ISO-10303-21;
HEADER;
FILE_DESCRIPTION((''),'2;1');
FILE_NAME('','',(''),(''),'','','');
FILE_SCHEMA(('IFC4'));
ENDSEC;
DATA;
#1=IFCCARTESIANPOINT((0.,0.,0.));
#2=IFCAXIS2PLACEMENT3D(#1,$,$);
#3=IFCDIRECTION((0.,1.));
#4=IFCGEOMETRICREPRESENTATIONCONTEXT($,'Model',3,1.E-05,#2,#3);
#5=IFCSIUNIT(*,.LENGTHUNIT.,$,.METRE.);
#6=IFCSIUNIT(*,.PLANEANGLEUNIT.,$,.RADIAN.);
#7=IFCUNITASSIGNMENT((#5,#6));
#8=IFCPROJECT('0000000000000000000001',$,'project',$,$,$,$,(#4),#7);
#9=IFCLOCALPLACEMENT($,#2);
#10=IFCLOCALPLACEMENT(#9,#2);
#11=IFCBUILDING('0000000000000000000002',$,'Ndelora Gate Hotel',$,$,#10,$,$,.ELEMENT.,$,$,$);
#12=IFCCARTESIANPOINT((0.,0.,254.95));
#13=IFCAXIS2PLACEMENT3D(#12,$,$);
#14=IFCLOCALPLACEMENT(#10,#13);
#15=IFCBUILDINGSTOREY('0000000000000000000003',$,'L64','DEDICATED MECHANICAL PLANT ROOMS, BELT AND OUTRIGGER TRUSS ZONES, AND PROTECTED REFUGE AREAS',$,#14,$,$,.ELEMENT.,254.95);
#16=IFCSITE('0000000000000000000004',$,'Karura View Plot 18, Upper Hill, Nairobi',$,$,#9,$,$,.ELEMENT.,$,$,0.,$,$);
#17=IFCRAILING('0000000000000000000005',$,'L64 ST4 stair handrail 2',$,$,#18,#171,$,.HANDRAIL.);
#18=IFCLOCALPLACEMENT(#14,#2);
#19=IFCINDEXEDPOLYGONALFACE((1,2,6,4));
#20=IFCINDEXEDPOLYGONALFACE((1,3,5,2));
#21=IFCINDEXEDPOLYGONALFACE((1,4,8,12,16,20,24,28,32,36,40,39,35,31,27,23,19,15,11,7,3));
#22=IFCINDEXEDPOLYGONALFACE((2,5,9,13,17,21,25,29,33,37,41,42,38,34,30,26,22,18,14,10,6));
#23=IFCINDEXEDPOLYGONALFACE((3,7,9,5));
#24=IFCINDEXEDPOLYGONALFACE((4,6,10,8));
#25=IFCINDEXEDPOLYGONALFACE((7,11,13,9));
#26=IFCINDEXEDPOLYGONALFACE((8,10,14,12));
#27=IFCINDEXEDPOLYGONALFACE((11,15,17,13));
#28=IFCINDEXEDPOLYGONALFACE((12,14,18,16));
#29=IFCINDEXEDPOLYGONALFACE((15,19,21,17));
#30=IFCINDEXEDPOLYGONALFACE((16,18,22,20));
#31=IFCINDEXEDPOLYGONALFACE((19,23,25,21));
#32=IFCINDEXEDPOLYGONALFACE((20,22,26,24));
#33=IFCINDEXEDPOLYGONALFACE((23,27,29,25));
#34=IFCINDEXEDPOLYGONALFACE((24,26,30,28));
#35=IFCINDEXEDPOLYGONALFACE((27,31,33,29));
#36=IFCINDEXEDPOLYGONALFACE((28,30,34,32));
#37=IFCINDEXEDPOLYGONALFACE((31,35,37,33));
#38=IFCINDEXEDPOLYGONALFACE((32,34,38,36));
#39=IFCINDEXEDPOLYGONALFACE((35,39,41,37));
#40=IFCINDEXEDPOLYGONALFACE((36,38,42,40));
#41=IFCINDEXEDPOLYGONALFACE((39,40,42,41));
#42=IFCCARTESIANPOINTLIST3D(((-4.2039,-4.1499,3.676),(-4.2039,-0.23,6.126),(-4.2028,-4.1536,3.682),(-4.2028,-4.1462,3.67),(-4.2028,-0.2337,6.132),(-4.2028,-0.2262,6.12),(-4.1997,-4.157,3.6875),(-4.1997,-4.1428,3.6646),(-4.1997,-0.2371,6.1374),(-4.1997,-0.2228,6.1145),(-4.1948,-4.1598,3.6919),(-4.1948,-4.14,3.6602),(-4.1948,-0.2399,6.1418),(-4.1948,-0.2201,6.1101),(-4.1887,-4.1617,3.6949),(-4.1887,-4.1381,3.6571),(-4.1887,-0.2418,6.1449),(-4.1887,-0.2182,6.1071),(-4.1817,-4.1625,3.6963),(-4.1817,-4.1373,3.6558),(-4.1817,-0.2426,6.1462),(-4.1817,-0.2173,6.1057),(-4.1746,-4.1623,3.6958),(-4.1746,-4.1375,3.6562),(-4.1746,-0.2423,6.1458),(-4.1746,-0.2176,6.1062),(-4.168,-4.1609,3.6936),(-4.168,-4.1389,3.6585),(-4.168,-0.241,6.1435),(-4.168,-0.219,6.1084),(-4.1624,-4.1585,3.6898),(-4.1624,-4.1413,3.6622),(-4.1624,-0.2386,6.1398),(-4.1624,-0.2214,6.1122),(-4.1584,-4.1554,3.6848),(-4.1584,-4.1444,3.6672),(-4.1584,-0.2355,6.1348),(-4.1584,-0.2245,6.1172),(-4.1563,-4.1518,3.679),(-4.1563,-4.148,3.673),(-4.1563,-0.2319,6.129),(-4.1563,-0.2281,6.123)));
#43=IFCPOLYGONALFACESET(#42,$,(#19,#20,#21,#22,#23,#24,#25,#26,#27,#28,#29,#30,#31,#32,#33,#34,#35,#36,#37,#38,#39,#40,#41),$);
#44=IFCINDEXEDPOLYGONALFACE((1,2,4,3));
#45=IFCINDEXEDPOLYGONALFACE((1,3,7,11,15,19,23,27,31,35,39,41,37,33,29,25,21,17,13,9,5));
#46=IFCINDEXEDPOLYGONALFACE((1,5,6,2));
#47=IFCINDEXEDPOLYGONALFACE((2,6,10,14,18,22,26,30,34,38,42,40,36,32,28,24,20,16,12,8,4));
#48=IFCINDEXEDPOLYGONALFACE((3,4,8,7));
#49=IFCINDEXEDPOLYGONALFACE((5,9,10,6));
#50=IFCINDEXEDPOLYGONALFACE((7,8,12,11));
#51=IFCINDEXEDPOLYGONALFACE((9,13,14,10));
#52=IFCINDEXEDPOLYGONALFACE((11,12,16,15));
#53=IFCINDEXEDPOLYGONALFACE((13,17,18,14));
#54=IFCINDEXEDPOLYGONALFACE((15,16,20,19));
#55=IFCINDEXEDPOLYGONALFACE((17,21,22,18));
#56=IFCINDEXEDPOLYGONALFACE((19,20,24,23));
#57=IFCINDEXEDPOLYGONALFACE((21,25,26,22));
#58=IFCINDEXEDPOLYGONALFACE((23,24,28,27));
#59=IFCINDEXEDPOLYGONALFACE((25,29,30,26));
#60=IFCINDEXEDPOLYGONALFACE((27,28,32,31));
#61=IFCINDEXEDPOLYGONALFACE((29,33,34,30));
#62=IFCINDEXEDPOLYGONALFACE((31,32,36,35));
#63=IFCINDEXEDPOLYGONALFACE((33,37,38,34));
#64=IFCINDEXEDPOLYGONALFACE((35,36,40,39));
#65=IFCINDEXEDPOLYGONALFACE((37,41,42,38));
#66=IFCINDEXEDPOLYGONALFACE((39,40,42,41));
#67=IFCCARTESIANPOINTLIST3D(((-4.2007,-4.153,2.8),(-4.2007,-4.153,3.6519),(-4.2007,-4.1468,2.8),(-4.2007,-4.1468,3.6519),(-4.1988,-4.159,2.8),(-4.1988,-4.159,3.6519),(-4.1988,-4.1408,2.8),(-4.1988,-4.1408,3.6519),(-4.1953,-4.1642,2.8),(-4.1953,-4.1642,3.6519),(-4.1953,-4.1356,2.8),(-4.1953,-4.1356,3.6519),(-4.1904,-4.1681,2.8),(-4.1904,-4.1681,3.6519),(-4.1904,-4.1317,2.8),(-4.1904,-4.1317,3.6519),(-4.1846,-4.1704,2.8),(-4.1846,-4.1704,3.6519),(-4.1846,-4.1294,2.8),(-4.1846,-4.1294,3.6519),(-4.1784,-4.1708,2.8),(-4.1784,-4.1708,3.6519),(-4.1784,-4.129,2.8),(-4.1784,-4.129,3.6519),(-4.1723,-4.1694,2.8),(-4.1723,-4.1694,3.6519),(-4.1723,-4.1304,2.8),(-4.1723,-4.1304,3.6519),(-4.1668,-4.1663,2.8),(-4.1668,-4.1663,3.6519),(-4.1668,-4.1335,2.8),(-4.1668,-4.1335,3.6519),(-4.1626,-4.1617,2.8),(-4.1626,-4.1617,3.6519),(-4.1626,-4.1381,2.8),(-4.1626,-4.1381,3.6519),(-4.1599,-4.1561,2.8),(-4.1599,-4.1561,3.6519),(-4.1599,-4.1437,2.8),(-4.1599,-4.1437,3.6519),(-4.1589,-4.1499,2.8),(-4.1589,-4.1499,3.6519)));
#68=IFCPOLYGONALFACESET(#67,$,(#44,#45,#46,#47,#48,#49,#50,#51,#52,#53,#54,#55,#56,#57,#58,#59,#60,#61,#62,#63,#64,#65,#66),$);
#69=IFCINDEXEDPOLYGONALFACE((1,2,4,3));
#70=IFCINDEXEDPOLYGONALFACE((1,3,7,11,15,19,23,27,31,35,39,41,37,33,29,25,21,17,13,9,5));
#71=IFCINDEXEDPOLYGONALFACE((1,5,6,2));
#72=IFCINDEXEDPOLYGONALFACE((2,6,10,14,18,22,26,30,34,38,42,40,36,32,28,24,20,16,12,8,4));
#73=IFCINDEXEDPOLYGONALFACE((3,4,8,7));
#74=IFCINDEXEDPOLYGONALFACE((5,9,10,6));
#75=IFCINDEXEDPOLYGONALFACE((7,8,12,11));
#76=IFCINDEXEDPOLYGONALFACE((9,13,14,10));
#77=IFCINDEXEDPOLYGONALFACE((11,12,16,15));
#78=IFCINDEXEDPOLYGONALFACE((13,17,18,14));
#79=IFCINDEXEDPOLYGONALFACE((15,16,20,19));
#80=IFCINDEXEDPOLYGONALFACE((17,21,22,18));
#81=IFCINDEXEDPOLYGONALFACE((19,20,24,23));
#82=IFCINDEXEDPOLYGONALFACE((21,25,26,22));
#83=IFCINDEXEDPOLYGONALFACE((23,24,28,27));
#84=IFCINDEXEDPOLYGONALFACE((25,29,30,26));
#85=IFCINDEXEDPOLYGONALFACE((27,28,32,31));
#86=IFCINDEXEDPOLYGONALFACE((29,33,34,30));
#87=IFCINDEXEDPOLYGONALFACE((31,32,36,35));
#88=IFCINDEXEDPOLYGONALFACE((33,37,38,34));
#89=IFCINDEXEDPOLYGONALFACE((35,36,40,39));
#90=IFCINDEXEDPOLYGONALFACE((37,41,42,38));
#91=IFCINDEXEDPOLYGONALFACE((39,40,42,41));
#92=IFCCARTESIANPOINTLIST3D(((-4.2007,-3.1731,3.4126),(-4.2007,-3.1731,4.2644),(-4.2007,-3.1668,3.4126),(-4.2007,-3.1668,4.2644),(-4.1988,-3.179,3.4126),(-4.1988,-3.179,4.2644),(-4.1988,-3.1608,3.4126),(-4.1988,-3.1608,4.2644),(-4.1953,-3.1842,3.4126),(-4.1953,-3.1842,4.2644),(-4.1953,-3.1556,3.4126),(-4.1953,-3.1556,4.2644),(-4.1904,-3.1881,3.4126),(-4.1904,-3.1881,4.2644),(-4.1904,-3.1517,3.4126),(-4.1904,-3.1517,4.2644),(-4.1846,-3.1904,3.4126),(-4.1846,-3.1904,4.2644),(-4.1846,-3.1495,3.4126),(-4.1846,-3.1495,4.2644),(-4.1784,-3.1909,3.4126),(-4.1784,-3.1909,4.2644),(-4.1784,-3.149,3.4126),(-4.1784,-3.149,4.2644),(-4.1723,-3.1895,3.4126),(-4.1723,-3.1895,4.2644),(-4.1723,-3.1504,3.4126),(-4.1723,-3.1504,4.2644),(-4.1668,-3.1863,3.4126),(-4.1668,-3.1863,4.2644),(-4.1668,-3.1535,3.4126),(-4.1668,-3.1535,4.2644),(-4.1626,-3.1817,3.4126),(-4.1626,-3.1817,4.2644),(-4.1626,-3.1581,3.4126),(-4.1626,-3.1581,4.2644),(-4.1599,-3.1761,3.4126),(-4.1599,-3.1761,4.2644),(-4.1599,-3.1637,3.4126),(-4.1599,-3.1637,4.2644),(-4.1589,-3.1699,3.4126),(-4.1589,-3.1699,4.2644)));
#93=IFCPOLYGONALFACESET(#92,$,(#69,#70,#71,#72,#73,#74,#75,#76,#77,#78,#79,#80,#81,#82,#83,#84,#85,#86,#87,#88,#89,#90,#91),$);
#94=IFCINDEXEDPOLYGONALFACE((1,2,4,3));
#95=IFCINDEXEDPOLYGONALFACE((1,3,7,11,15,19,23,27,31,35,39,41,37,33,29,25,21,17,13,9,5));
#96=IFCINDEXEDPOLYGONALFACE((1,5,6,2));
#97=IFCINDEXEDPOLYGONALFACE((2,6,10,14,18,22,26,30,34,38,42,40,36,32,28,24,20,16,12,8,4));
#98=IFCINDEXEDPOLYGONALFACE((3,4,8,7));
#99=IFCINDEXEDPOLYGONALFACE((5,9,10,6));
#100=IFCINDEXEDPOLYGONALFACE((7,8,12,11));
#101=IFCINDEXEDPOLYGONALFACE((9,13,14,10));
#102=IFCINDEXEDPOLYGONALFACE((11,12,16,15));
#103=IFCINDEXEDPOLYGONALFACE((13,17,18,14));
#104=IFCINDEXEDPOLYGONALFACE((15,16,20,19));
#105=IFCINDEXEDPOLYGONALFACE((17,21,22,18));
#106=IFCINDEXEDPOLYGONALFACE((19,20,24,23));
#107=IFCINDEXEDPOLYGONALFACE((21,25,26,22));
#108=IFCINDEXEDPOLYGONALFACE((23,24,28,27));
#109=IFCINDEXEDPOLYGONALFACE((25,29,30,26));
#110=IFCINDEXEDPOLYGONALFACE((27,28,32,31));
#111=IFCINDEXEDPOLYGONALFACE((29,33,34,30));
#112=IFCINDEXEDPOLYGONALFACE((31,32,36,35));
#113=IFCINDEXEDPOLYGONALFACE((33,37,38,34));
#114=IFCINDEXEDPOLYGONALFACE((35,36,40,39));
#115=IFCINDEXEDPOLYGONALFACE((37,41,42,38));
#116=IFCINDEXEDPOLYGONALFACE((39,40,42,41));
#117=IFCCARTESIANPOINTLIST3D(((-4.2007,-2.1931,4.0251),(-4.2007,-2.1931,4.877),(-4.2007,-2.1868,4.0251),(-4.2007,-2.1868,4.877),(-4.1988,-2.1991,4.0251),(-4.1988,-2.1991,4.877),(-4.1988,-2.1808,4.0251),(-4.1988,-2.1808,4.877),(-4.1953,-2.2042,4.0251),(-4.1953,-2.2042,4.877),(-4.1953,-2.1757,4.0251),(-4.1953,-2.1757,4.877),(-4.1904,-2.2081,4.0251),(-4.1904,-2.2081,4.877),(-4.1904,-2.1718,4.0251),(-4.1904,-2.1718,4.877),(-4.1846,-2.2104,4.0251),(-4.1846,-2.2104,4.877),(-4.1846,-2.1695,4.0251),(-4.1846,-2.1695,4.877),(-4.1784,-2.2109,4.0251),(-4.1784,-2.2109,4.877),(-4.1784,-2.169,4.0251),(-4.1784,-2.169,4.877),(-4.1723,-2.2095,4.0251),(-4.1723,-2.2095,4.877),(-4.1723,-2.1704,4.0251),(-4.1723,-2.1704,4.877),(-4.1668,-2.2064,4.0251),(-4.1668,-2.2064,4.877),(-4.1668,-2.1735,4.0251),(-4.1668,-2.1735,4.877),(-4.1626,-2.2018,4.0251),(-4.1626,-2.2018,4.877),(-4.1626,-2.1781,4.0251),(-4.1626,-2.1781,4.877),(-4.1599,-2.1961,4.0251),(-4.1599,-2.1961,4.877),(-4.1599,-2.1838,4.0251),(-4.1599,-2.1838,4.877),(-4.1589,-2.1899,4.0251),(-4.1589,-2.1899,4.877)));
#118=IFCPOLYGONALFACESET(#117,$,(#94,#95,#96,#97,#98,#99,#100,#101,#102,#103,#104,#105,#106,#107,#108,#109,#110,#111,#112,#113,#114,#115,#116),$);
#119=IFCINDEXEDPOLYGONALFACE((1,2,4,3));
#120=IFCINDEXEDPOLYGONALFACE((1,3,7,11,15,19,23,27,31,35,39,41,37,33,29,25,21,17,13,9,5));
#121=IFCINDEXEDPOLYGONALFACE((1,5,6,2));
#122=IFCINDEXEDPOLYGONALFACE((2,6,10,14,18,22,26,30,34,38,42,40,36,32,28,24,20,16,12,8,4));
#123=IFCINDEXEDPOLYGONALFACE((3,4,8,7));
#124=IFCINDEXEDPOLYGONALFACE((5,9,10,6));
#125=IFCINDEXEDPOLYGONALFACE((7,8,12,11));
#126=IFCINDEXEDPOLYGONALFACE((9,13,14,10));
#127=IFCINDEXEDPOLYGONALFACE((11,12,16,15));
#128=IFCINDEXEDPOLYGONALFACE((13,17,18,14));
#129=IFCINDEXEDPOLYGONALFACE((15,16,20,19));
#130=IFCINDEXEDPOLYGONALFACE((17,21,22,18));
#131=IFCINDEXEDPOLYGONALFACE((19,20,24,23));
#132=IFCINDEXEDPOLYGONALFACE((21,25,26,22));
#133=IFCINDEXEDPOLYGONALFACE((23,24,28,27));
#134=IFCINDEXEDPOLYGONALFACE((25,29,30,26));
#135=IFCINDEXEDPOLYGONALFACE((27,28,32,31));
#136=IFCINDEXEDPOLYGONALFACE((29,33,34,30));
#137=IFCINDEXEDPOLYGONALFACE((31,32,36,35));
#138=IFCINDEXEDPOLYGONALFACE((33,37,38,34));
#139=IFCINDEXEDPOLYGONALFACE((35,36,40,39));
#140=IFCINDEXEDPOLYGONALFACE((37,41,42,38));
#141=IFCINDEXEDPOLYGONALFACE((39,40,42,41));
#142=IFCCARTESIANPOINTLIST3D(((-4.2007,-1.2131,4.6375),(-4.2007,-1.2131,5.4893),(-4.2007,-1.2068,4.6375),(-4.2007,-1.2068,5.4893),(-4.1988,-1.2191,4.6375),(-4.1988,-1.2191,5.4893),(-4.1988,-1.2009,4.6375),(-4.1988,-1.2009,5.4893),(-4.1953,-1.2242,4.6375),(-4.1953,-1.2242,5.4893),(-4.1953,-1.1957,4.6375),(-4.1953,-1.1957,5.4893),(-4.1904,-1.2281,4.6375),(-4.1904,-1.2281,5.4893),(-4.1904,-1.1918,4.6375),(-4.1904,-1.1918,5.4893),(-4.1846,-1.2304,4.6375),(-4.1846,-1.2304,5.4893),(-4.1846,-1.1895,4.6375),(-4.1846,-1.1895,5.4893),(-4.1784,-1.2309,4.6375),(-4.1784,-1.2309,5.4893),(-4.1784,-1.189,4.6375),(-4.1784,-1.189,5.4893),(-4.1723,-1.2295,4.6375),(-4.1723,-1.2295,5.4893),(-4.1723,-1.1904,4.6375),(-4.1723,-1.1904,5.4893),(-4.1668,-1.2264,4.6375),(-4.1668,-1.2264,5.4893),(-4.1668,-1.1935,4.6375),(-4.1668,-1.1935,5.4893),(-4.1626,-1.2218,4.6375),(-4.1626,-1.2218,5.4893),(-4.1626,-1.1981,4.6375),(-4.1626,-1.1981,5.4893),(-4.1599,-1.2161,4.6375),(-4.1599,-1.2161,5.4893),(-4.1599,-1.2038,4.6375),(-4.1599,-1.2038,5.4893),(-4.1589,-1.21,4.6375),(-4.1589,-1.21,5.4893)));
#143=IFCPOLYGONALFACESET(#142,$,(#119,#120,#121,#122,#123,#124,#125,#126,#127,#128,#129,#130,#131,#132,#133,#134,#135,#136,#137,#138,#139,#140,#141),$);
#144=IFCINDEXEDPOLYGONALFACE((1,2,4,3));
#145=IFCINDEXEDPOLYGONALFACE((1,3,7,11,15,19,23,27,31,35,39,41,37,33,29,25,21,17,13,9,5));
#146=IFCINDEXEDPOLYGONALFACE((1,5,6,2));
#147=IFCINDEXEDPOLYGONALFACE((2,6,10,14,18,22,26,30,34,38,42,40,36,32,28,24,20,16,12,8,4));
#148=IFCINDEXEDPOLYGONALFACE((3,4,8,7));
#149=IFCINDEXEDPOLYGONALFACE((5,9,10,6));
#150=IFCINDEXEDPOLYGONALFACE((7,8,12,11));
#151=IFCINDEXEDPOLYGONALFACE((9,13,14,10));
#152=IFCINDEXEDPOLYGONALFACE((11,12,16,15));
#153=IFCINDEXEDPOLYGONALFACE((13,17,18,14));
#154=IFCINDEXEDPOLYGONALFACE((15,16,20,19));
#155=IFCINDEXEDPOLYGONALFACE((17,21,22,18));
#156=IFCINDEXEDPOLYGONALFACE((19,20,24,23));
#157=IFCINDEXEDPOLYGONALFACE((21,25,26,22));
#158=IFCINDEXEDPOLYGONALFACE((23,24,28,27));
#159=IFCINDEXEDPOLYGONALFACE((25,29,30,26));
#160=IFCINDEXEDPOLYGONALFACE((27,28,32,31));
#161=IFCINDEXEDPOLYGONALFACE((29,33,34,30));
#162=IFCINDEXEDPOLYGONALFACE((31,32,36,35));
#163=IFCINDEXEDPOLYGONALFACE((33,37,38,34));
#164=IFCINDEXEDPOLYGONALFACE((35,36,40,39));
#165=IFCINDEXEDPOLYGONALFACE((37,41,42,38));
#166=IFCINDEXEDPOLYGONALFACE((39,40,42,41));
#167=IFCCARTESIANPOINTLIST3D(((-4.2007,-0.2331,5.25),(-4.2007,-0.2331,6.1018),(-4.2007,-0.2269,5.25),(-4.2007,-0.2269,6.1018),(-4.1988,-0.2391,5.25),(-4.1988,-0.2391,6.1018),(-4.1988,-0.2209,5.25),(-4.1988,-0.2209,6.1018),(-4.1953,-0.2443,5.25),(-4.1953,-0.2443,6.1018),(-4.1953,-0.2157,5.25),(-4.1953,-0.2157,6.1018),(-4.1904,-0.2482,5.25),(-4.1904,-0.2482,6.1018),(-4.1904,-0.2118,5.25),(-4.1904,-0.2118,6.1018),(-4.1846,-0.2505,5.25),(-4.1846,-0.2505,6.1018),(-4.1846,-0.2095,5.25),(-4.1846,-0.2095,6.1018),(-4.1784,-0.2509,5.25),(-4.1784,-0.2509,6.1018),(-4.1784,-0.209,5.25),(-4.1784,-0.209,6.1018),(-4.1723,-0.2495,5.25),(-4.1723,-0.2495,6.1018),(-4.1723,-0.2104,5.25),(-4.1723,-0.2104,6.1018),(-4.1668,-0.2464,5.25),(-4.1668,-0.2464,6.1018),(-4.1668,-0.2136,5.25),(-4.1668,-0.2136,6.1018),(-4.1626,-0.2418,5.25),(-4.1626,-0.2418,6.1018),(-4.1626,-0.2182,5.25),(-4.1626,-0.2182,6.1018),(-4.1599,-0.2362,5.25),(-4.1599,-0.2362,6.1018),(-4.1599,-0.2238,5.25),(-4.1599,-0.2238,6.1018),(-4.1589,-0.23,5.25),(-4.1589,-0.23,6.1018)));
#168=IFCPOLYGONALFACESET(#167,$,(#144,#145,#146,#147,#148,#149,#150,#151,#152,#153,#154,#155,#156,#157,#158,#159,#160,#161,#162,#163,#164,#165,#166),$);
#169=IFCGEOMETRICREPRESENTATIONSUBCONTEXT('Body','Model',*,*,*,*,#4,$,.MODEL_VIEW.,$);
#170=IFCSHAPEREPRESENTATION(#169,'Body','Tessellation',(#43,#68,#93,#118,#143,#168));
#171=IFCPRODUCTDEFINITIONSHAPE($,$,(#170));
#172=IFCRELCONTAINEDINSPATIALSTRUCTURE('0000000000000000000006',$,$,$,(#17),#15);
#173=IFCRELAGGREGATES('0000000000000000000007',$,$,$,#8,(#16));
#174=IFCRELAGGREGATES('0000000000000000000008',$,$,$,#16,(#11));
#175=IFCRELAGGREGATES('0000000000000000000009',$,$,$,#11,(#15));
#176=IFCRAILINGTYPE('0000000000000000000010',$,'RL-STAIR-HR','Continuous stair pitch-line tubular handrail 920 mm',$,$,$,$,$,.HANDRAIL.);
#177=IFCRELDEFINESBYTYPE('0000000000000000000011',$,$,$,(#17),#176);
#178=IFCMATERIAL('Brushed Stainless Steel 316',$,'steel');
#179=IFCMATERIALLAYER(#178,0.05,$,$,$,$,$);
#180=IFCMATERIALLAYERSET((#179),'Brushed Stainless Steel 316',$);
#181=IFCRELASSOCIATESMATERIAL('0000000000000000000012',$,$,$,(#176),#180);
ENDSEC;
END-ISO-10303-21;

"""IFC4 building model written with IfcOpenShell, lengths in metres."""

from ifc_helpers import new_model, si_unit, direction, frame, origin, origin_2d, place, context, subcontext, project, spatial, circle, extrude, material, layer, layer_set, type_object, element, save


model = new_model("IFC4")

# Units and contexts
model_context = context("Model", 3, precision=1e-05, world=origin(), true_north=direction((0.0, 1.0)))
body_context = subcontext(model_context, "Body", "Model", "MODEL_VIEW")
ifc_project = project(units=[si_unit("LENGTHUNIT", "METRE"), si_unit("PLANEANGLEUNIT", "RADIAN")], contexts=[model_context])

# Site, building, storey
site_placement = place(None, origin())
site = spatial("IfcSite", under=ifc_project, at=site_placement, Name="Karura View Plot 18, Upper Hill, Nairobi", CompositionType="ELEMENT", RefElevation=0.0)
building_placement = place(site_placement, origin())
building = spatial("IfcBuilding", under=site, at=building_placement, Name="Ndelora Gate Hotel", CompositionType="ELEMENT")
storey_placement = place(building_placement, frame((0.0, 0.0, 254.95)))
storey = spatial("IfcBuildingStorey", under=building, at=storey_placement, Name="L64", Description="DEDICATED MECHANICAL PLANT ROOMS, BELT AND OUTRIGGER TRUSS ZONES, AND PROTECTED REFUGE AREAS", CompositionType="ELEMENT", Elevation=254.95)

# Railing
ifc_material_1 = material(Name="Brushed Stainless Steel 316", Category="steel")
ifc_layer_1 = layer(ifc_material_1, 0.05)
ifc_layer_set_1 = layer_set([ifc_layer_1], Name="Brushed Stainless Steel 316")
railing_type_1 = type_object("IfcRailingType", Name="RL-STAIR-HR", Description="Continuous stair pitch-line tubular handrail 920 mm", PredefinedType="HANDRAIL", material=ifc_layer_set_1)
railing_1_placement = place(storey_placement, frame((-4.1799, -4.1499, 2.8)))
element("IfcRailing", 1, at=railing_1_placement, inside=storey, type_object=railing_type_1, Name="L64 ST4 stair handrail 2", PredefinedType="HANDRAIL", context=body_context, shape_type="SweptSolid", body=[
    extrude(circle(Radius=0.0239, at=origin_2d()), frame((0.0, 0.0, 0.876), z_axis=(0.0, 0.847998, 0.529999), x_axis=(-1.0, 0.0, 0.0)), (0.0, 0.0, 1.0), 4.6226),
    extrude(circle(Radius=0.021, at=origin_2d()), origin(), (0.0, 0.0, 1.0), 0.8518),
    extrude(circle(Radius=0.021, at=origin_2d()), frame((0.0, 0.98, 0.6125)), (0.0, 0.0, 1.0), 0.8518),
    extrude(circle(Radius=0.021, at=origin_2d()), frame((0.0, 1.96, 1.2251)), (0.0, 0.0, 1.0), 0.8518),
    extrude(circle(Radius=0.021, at=origin_2d()), frame((0.0, 2.9399, 1.8374)), (0.0, 0.0, 1.0), 0.8518),
    extrude(circle(Radius=0.021, at=origin_2d()), frame((0.0, 3.9199, 2.45)), (0.0, 0.0, 1.0), 0.8518),
])

save(model, "model.ifc")
